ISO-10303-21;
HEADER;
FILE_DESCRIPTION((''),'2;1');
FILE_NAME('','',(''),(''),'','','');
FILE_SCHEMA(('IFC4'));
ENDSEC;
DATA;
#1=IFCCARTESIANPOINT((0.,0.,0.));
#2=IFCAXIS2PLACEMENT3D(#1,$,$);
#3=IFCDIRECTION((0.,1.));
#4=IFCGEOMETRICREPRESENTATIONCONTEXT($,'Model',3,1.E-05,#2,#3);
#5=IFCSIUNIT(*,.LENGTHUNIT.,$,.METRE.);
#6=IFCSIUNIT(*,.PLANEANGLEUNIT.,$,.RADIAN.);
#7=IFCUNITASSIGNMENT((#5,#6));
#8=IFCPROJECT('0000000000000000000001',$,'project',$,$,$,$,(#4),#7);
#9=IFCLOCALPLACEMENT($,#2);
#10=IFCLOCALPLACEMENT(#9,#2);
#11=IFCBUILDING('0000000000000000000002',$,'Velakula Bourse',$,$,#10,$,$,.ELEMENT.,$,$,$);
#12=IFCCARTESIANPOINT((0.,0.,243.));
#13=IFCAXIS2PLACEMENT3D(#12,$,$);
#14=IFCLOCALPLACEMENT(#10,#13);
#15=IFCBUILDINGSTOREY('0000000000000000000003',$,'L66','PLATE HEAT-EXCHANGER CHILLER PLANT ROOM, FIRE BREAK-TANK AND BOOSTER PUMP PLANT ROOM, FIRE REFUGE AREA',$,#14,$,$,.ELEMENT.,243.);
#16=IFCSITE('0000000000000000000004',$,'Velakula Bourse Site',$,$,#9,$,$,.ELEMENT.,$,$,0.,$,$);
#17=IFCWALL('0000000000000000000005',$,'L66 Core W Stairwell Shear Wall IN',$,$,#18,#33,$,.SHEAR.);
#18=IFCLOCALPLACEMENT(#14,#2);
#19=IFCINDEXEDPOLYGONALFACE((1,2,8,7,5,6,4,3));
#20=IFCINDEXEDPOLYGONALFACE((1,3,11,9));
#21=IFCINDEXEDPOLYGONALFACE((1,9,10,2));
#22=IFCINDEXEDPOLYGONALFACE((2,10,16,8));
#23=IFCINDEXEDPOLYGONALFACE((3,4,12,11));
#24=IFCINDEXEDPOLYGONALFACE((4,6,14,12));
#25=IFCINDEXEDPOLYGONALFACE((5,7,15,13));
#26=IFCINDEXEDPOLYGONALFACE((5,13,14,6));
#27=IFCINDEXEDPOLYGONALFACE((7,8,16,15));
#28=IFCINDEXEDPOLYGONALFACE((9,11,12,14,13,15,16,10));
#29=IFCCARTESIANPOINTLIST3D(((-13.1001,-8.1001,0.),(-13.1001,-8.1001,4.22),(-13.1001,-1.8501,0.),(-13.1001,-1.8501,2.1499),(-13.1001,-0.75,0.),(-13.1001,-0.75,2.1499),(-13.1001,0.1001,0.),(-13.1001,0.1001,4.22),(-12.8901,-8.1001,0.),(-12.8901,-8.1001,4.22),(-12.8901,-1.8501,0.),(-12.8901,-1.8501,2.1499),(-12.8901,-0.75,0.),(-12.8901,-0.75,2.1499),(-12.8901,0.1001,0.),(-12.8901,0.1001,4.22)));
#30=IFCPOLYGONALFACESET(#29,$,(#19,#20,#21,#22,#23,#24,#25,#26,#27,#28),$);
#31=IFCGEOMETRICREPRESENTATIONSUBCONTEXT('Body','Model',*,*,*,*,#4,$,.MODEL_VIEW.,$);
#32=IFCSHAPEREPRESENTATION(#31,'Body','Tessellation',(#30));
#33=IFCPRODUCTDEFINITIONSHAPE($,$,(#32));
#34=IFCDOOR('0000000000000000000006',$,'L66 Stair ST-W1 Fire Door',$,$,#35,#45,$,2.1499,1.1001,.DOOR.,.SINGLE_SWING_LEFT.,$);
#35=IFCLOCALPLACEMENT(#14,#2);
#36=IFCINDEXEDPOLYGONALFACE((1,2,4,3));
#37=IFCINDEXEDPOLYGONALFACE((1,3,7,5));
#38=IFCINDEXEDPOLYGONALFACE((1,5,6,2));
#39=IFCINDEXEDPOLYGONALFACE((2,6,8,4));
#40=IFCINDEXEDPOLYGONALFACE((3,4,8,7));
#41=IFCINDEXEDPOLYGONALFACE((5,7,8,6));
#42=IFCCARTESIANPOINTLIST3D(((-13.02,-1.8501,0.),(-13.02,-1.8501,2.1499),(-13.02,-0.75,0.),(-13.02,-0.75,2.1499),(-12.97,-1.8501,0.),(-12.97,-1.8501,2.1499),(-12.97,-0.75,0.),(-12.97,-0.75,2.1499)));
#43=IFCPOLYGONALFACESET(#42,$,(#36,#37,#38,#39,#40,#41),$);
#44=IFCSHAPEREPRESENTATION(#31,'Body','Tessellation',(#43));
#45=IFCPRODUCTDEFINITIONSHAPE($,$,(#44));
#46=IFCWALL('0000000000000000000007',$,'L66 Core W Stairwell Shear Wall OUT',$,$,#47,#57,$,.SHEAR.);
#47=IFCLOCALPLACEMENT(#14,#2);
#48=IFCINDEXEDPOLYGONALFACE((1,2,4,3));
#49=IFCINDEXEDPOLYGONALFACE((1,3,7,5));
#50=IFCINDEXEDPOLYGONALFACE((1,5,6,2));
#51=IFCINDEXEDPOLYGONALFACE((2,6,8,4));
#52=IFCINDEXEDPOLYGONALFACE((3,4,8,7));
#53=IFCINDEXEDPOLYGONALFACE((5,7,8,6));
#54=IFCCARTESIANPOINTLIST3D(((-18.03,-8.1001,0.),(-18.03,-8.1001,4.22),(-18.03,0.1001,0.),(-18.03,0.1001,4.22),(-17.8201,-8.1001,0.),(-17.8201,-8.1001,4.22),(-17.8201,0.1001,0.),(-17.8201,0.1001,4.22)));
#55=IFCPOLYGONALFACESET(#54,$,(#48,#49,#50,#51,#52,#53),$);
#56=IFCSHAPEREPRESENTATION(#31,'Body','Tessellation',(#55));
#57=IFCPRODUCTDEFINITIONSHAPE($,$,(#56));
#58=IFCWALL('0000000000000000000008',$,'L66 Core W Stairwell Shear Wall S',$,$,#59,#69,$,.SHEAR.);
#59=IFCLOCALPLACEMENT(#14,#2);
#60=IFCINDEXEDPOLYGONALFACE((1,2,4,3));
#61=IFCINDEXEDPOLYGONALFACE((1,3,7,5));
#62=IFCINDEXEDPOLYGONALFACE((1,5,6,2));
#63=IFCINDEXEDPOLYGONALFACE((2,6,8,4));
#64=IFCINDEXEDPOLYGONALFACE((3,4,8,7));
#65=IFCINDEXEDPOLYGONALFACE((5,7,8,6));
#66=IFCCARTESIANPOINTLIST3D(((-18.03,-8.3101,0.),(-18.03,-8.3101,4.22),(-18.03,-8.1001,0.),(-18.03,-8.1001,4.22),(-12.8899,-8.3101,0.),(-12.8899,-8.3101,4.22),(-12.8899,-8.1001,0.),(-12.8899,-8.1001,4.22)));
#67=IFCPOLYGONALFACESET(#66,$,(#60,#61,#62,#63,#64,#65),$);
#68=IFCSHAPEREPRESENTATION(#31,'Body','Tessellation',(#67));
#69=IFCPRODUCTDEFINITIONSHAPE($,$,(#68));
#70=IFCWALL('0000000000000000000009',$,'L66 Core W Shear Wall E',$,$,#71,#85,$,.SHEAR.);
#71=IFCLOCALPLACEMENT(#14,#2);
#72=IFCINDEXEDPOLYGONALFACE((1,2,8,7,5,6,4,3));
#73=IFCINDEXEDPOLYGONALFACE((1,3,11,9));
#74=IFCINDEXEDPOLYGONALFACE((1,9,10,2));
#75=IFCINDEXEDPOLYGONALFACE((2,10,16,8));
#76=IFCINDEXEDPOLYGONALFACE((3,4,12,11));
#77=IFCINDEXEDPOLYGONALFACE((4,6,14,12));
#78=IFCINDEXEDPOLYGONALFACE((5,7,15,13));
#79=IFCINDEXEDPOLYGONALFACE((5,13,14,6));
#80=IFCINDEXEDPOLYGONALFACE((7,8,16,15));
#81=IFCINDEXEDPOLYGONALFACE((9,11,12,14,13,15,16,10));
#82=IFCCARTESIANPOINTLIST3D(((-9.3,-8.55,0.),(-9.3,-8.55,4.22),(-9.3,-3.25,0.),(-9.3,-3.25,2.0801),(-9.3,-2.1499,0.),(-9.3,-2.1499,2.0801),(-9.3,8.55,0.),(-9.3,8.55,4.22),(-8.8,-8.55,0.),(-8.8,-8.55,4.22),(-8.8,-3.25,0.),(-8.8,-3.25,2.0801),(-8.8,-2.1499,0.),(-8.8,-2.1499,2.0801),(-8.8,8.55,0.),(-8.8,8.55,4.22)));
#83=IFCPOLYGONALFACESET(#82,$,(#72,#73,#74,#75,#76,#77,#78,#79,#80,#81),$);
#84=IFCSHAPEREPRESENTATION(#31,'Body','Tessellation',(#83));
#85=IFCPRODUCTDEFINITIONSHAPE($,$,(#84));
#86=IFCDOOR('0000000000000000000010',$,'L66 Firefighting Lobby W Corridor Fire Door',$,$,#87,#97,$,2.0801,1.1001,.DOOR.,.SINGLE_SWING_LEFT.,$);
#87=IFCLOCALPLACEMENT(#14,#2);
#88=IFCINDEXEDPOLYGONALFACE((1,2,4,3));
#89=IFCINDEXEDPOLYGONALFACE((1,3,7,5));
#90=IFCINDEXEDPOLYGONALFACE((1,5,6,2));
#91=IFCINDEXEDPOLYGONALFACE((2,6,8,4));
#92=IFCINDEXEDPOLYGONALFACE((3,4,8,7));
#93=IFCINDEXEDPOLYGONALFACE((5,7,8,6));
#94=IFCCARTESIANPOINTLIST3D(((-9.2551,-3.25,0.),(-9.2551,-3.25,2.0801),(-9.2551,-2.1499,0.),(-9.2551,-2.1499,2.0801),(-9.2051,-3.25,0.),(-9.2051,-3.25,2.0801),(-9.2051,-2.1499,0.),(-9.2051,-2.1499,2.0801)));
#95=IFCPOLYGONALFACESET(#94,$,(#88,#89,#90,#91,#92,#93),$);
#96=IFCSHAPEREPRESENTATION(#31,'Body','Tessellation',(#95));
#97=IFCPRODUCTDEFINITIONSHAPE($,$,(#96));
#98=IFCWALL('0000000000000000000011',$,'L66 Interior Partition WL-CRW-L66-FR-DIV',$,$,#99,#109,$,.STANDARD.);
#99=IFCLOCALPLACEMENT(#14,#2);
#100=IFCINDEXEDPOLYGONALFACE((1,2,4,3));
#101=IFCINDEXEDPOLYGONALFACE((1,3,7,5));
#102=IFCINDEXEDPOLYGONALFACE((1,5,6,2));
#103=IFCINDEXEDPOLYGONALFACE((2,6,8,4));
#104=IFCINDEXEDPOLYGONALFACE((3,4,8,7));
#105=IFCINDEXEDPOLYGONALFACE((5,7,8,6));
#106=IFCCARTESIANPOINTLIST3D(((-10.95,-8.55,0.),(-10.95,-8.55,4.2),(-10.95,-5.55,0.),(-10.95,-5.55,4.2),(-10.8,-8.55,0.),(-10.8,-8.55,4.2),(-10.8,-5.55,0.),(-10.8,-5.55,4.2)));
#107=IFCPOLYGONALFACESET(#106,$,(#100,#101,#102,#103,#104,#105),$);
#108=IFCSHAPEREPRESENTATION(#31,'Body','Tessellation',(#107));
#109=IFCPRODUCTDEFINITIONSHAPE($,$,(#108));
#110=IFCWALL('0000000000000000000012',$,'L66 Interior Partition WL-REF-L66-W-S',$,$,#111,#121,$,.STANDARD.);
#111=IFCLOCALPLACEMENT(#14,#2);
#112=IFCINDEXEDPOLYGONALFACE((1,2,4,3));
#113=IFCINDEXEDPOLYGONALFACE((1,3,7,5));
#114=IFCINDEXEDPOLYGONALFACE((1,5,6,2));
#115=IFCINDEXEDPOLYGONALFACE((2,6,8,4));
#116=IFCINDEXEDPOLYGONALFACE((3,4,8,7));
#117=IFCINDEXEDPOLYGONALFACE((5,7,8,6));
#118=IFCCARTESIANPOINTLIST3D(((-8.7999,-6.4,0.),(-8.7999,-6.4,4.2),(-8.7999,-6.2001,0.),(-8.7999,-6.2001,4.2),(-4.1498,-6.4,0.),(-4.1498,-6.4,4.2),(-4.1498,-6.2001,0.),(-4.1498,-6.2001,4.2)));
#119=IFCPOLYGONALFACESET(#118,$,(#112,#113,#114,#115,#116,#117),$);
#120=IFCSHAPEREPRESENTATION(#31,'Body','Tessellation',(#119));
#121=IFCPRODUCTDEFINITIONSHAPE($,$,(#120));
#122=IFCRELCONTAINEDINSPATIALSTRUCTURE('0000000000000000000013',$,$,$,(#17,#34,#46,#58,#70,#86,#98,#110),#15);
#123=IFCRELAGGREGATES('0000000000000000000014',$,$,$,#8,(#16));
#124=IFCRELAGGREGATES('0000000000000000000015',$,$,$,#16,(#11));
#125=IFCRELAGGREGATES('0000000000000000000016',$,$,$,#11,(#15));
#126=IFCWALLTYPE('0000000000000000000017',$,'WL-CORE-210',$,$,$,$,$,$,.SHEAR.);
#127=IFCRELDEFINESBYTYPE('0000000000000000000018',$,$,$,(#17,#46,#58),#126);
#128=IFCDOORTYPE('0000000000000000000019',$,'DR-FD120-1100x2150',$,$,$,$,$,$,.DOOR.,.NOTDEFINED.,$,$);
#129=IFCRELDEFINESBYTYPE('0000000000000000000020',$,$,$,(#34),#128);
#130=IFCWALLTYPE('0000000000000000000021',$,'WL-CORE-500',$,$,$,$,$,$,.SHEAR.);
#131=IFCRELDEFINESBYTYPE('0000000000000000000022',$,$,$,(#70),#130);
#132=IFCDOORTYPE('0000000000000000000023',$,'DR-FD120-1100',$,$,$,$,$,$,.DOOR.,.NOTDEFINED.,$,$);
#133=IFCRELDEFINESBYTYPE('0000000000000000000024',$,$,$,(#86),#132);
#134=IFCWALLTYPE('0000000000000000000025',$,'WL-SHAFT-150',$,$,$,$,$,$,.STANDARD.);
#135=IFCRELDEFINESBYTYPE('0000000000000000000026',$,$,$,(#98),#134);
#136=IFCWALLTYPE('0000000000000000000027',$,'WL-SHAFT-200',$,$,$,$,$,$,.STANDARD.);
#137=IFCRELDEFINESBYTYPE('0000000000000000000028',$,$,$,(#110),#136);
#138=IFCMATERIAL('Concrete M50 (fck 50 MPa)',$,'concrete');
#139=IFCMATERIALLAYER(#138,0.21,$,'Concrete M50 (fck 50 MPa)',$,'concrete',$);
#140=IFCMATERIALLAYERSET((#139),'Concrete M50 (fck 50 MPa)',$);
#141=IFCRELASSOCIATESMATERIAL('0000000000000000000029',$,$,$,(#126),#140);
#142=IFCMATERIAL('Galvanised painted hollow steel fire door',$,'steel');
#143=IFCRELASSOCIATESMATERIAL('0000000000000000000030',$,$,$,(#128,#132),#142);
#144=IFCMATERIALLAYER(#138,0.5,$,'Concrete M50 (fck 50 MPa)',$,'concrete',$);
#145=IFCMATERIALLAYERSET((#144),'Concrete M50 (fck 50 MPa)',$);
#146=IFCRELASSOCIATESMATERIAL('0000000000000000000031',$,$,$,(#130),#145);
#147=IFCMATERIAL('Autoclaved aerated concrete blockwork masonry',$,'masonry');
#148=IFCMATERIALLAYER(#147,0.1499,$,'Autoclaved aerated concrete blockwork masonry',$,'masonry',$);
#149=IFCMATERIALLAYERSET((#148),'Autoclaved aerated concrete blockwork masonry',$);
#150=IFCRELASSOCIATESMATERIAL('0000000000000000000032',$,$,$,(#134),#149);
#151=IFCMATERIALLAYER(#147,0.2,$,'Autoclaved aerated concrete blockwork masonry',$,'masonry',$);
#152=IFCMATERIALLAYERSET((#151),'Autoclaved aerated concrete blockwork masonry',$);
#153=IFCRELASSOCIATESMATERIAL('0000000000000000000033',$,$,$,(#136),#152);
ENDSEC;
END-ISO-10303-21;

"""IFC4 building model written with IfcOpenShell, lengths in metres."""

from ifc_helpers import new_model, si_unit, direction, frame, frame_2d, origin, place, context, subcontext, project, spatial, rectangle, extrude, material, layer, layer_set, type_object, element, fill, save


model = new_model("IFC4")

# Units and contexts
model_context = context("Model", 3, precision=1e-05, world=origin(), true_north=direction((0.0, 1.0)))
body_context = subcontext(model_context, "Body", "Model", "MODEL_VIEW")
ifc_project = project(units=[si_unit("LENGTHUNIT", "METRE"), si_unit("PLANEANGLEUNIT", "RADIAN")], contexts=[model_context])

# Site, building, storey
site_placement = place(None, origin())
site = spatial("IfcSite", under=ifc_project, at=site_placement, Name="Velakula Bourse Site", CompositionType="ELEMENT", RefElevation=0.0)
building_placement = place(site_placement, origin())
building = spatial("IfcBuilding", under=site, at=building_placement, Name="Velakula Bourse", CompositionType="ELEMENT")
storey_placement = place(building_placement, frame((0.0, 0.0, 243.0)))
storey = spatial("IfcBuildingStorey", under=building, at=storey_placement, Name="L66", Description="PLATE HEAT-EXCHANGER CHILLER PLANT ROOM, FIRE BREAK-TANK AND BOOSTER PUMP PLANT ROOM, FIRE REFUGE AREA", CompositionType="ELEMENT", Elevation=243.0)

# Shared definitions
ifc_material_1 = material(Name="Concrete M50 (fck 50 MPa)", Category="concrete")

# Wall, opening, door
ifc_layer_1 = layer(ifc_material_1, 0.21, Name="Concrete M50 (fck 50 MPa)", Category="concrete")
ifc_layer_set_1 = layer_set([ifc_layer_1], Name="Concrete M50 (fck 50 MPa)")
wall_type_1 = type_object("IfcWallType", Name="WL-CORE-210", PredefinedType="SHEAR", material=ifc_layer_set_1)
wall_1_placement = place(storey_placement, frame((-12.9951, -8.1001, 0.0), z_axis=(0.0, 0.0, 1.0), x_axis=(0.0, 1.0, 0.0)))
wall_1 = element("IfcWall", 1, at=wall_1_placement, inside=storey, type_object=wall_type_1, Name="L66 Core W Stairwell Shear Wall IN", PredefinedType="SHEAR", context=body_context, shape_type="SweptSolid", body=[
    extrude(rectangle(XDim=8.2002, YDim=0.21, at=frame_2d((4.1001, 0.0))), origin(), (0.0, 0.0, 1.0), 4.22),
])
opening_1_placement = place(wall_1_placement, frame((6.25, 0.0, 0.0)))
opening_1 = element("IfcOpeningElement", 2, at=opening_1_placement, cuts=wall_1, PredefinedType="OPENING", context=body_context, shape_type="SweptSolid", body=[
    extrude(rectangle(XDim=1.1001, YDim=2.1499, at=frame_2d((0.55, 1.075))), frame((0.0, 0.115, 0.0), z_axis=(0.0, -1.0, 0.0), x_axis=(1.0, 0.0, 0.0)), (0.0, 0.0, 1.0), 0.23),
])
ifc_material_2 = material(Name="Galvanised painted hollow steel fire door", Category="steel")
door_type_1 = type_object("IfcDoorType", Name="DR-FD120-1100x2150", OperationType="NOTDEFINED", PredefinedType="DOOR", material=ifc_material_2)
door_1_placement = place(opening_1_placement, origin())
door_1 = element("IfcDoor", 3, at=door_1_placement, inside=storey, type_object=door_type_1, Name="L66 Stair ST-W1 Fire Door", OperationType="SINGLE_SWING_LEFT", OverallHeight=2.1499, OverallWidth=1.1001, PredefinedType="DOOR", context=body_context, shape_type="SweptSolid", body=[
    extrude(rectangle(XDim=1.1001, YDim=2.1499, at=frame_2d((0.55, 1.075))), frame((0.0, 0.0249, 0.0), z_axis=(0.0, -1.0, 0.0), x_axis=(1.0, 0.0, 0.0)), (0.0, 0.0, 1.0), 0.05),
])
fill(opening_1, door_1)

# Walls
wall_2_placement = place(storey_placement, frame((-17.925, -8.1001, 0.0), z_axis=(0.0, 0.0, 1.0), x_axis=(0.0, 1.0, 0.0)))
element("IfcWall", 4, at=wall_2_placement, inside=storey, type_object=wall_type_1, Name="L66 Core W Stairwell Shear Wall OUT", PredefinedType="SHEAR", context=body_context, shape_type="SweptSolid", body=[
    extrude(rectangle(XDim=8.2002, YDim=0.21, at=frame_2d((4.1001, 0.0))), origin(), (0.0, 0.0, 1.0), 4.22),
])
wall_3_placement = place(storey_placement, frame((-18.03, -8.2051, 0.0), z_axis=(0.0, 0.0, 1.0), x_axis=(1.0, 0.0, 0.0)))
element("IfcWall", 5, at=wall_3_placement, inside=storey, type_object=wall_type_1, Name="L66 Core W Stairwell Shear Wall S", PredefinedType="SHEAR", context=body_context, shape_type="SweptSolid", body=[
    extrude(rectangle(XDim=5.1401, YDim=0.21, at=frame_2d((2.5701, 0.0))), origin(), (0.0, 0.0, 1.0), 4.22),
])

# Wall, opening, door
ifc_layer_2 = layer(ifc_material_1, 0.5, Name="Concrete M50 (fck 50 MPa)", Category="concrete")
ifc_layer_set_2 = layer_set([ifc_layer_2], Name="Concrete M50 (fck 50 MPa)")
wall_type_2 = type_object("IfcWallType", Name="WL-CORE-500", PredefinedType="SHEAR", material=ifc_layer_set_2)
wall_4_placement = place(storey_placement, frame((-9.05, -8.55, 0.0), z_axis=(0.0, 0.0, 1.0), x_axis=(0.0, 1.0, 0.0)))
wall_4 = element("IfcWall", 6, at=wall_4_placement, inside=storey, type_object=wall_type_2, Name="L66 Core W Shear Wall E", PredefinedType="SHEAR", context=body_context, shape_type="SweptSolid", body=[
    extrude(rectangle(XDim=17.1001, YDim=0.5, at=frame_2d((8.55, 0.0))), origin(), (0.0, 0.0, 1.0), 4.22),
])
opening_2_placement = place(wall_4_placement, frame((5.3, 0.0, 0.0)))
opening_2 = element("IfcOpeningElement", 7, at=opening_2_placement, cuts=wall_4, PredefinedType="OPENING", context=body_context, shape_type="SweptSolid", body=[
    extrude(rectangle(XDim=1.1001, YDim=2.0801, at=frame_2d((0.55, 1.04))), frame((0.0, 0.26, 0.0), z_axis=(0.0, -1.0, 0.0), x_axis=(1.0, 0.0, 0.0)), (0.0, 0.0, 1.0), 0.52),
])
door_type_2 = type_object("IfcDoorType", Name="DR-FD120-1100", OperationType="NOTDEFINED", PredefinedType="DOOR", material=ifc_material_2)
door_2_placement = place(opening_2_placement, origin())
door_2 = element("IfcDoor", 8, at=door_2_placement, inside=storey, type_object=door_type_2, Name="L66 Firefighting Lobby W Corridor Fire Door", OperationType="SINGLE_SWING_LEFT", OverallHeight=2.0801, OverallWidth=1.1001, PredefinedType="DOOR", context=body_context, shape_type="SweptSolid", body=[
    extrude(rectangle(XDim=1.1001, YDim=2.0801, at=frame_2d((0.55, 1.04))), frame((0.0, 0.2051, 0.0), z_axis=(0.0, -1.0, 0.0), x_axis=(1.0, 0.0, 0.0)), (0.0, 0.0, 1.0), 0.05),
])
fill(opening_2, door_2)

# Shared definitions
ifc_material_3 = material(Name="Autoclaved aerated concrete blockwork masonry", Category="masonry")
ifc_layer_3 = layer(ifc_material_3, 0.1499, Name="Autoclaved aerated concrete blockwork masonry", Category="masonry")
ifc_layer_set_3 = layer_set([ifc_layer_3], Name="Autoclaved aerated concrete blockwork masonry")
wall_type_3 = type_object("IfcWallType", Name="WL-SHAFT-150", PredefinedType="STANDARD", material=ifc_layer_set_3)

# Walls
wall_5_placement = place(storey_placement, frame((-10.875, -8.55, 0.0), z_axis=(0.0, 0.0, 1.0), x_axis=(0.0, 1.0, 0.0)))
element("IfcWall", 9, at=wall_5_placement, inside=storey, type_object=wall_type_3, Name="L66 Interior Partition WL-CRW-L66-FR-DIV", PredefinedType="STANDARD", context=body_context, shape_type="SweptSolid", body=[
    extrude(rectangle(XDim=3.0, YDim=0.1499, at=frame_2d((1.5, 0.0))), origin(), (0.0, 0.0, 1.0), 4.2),
])
ifc_layer_4 = layer(ifc_material_3, 0.2, Name="Autoclaved aerated concrete blockwork masonry", Category="masonry")
ifc_layer_set_4 = layer_set([ifc_layer_4], Name="Autoclaved aerated concrete blockwork masonry")
wall_type_4 = type_object("IfcWallType", Name="WL-SHAFT-200", PredefinedType="STANDARD", material=ifc_layer_set_4)
wall_6_placement = place(storey_placement, frame((-8.8, -6.3, 0.0), z_axis=(0.0, 0.0, 1.0), x_axis=(1.0, 0.0, 0.0)))
element("IfcWall", 10, at=wall_6_placement, inside=storey, type_object=wall_type_4, Name="L66 Interior Partition WL-REF-L66-W-S", PredefinedType="STANDARD", context=body_context, shape_type="SweptSolid", body=[
    extrude(rectangle(XDim=4.6501, YDim=0.2, at=frame_2d((2.3252, 0.0))), origin(), (0.0, 0.0, 1.0), 4.2),
])

save(model, "model.ifc")
